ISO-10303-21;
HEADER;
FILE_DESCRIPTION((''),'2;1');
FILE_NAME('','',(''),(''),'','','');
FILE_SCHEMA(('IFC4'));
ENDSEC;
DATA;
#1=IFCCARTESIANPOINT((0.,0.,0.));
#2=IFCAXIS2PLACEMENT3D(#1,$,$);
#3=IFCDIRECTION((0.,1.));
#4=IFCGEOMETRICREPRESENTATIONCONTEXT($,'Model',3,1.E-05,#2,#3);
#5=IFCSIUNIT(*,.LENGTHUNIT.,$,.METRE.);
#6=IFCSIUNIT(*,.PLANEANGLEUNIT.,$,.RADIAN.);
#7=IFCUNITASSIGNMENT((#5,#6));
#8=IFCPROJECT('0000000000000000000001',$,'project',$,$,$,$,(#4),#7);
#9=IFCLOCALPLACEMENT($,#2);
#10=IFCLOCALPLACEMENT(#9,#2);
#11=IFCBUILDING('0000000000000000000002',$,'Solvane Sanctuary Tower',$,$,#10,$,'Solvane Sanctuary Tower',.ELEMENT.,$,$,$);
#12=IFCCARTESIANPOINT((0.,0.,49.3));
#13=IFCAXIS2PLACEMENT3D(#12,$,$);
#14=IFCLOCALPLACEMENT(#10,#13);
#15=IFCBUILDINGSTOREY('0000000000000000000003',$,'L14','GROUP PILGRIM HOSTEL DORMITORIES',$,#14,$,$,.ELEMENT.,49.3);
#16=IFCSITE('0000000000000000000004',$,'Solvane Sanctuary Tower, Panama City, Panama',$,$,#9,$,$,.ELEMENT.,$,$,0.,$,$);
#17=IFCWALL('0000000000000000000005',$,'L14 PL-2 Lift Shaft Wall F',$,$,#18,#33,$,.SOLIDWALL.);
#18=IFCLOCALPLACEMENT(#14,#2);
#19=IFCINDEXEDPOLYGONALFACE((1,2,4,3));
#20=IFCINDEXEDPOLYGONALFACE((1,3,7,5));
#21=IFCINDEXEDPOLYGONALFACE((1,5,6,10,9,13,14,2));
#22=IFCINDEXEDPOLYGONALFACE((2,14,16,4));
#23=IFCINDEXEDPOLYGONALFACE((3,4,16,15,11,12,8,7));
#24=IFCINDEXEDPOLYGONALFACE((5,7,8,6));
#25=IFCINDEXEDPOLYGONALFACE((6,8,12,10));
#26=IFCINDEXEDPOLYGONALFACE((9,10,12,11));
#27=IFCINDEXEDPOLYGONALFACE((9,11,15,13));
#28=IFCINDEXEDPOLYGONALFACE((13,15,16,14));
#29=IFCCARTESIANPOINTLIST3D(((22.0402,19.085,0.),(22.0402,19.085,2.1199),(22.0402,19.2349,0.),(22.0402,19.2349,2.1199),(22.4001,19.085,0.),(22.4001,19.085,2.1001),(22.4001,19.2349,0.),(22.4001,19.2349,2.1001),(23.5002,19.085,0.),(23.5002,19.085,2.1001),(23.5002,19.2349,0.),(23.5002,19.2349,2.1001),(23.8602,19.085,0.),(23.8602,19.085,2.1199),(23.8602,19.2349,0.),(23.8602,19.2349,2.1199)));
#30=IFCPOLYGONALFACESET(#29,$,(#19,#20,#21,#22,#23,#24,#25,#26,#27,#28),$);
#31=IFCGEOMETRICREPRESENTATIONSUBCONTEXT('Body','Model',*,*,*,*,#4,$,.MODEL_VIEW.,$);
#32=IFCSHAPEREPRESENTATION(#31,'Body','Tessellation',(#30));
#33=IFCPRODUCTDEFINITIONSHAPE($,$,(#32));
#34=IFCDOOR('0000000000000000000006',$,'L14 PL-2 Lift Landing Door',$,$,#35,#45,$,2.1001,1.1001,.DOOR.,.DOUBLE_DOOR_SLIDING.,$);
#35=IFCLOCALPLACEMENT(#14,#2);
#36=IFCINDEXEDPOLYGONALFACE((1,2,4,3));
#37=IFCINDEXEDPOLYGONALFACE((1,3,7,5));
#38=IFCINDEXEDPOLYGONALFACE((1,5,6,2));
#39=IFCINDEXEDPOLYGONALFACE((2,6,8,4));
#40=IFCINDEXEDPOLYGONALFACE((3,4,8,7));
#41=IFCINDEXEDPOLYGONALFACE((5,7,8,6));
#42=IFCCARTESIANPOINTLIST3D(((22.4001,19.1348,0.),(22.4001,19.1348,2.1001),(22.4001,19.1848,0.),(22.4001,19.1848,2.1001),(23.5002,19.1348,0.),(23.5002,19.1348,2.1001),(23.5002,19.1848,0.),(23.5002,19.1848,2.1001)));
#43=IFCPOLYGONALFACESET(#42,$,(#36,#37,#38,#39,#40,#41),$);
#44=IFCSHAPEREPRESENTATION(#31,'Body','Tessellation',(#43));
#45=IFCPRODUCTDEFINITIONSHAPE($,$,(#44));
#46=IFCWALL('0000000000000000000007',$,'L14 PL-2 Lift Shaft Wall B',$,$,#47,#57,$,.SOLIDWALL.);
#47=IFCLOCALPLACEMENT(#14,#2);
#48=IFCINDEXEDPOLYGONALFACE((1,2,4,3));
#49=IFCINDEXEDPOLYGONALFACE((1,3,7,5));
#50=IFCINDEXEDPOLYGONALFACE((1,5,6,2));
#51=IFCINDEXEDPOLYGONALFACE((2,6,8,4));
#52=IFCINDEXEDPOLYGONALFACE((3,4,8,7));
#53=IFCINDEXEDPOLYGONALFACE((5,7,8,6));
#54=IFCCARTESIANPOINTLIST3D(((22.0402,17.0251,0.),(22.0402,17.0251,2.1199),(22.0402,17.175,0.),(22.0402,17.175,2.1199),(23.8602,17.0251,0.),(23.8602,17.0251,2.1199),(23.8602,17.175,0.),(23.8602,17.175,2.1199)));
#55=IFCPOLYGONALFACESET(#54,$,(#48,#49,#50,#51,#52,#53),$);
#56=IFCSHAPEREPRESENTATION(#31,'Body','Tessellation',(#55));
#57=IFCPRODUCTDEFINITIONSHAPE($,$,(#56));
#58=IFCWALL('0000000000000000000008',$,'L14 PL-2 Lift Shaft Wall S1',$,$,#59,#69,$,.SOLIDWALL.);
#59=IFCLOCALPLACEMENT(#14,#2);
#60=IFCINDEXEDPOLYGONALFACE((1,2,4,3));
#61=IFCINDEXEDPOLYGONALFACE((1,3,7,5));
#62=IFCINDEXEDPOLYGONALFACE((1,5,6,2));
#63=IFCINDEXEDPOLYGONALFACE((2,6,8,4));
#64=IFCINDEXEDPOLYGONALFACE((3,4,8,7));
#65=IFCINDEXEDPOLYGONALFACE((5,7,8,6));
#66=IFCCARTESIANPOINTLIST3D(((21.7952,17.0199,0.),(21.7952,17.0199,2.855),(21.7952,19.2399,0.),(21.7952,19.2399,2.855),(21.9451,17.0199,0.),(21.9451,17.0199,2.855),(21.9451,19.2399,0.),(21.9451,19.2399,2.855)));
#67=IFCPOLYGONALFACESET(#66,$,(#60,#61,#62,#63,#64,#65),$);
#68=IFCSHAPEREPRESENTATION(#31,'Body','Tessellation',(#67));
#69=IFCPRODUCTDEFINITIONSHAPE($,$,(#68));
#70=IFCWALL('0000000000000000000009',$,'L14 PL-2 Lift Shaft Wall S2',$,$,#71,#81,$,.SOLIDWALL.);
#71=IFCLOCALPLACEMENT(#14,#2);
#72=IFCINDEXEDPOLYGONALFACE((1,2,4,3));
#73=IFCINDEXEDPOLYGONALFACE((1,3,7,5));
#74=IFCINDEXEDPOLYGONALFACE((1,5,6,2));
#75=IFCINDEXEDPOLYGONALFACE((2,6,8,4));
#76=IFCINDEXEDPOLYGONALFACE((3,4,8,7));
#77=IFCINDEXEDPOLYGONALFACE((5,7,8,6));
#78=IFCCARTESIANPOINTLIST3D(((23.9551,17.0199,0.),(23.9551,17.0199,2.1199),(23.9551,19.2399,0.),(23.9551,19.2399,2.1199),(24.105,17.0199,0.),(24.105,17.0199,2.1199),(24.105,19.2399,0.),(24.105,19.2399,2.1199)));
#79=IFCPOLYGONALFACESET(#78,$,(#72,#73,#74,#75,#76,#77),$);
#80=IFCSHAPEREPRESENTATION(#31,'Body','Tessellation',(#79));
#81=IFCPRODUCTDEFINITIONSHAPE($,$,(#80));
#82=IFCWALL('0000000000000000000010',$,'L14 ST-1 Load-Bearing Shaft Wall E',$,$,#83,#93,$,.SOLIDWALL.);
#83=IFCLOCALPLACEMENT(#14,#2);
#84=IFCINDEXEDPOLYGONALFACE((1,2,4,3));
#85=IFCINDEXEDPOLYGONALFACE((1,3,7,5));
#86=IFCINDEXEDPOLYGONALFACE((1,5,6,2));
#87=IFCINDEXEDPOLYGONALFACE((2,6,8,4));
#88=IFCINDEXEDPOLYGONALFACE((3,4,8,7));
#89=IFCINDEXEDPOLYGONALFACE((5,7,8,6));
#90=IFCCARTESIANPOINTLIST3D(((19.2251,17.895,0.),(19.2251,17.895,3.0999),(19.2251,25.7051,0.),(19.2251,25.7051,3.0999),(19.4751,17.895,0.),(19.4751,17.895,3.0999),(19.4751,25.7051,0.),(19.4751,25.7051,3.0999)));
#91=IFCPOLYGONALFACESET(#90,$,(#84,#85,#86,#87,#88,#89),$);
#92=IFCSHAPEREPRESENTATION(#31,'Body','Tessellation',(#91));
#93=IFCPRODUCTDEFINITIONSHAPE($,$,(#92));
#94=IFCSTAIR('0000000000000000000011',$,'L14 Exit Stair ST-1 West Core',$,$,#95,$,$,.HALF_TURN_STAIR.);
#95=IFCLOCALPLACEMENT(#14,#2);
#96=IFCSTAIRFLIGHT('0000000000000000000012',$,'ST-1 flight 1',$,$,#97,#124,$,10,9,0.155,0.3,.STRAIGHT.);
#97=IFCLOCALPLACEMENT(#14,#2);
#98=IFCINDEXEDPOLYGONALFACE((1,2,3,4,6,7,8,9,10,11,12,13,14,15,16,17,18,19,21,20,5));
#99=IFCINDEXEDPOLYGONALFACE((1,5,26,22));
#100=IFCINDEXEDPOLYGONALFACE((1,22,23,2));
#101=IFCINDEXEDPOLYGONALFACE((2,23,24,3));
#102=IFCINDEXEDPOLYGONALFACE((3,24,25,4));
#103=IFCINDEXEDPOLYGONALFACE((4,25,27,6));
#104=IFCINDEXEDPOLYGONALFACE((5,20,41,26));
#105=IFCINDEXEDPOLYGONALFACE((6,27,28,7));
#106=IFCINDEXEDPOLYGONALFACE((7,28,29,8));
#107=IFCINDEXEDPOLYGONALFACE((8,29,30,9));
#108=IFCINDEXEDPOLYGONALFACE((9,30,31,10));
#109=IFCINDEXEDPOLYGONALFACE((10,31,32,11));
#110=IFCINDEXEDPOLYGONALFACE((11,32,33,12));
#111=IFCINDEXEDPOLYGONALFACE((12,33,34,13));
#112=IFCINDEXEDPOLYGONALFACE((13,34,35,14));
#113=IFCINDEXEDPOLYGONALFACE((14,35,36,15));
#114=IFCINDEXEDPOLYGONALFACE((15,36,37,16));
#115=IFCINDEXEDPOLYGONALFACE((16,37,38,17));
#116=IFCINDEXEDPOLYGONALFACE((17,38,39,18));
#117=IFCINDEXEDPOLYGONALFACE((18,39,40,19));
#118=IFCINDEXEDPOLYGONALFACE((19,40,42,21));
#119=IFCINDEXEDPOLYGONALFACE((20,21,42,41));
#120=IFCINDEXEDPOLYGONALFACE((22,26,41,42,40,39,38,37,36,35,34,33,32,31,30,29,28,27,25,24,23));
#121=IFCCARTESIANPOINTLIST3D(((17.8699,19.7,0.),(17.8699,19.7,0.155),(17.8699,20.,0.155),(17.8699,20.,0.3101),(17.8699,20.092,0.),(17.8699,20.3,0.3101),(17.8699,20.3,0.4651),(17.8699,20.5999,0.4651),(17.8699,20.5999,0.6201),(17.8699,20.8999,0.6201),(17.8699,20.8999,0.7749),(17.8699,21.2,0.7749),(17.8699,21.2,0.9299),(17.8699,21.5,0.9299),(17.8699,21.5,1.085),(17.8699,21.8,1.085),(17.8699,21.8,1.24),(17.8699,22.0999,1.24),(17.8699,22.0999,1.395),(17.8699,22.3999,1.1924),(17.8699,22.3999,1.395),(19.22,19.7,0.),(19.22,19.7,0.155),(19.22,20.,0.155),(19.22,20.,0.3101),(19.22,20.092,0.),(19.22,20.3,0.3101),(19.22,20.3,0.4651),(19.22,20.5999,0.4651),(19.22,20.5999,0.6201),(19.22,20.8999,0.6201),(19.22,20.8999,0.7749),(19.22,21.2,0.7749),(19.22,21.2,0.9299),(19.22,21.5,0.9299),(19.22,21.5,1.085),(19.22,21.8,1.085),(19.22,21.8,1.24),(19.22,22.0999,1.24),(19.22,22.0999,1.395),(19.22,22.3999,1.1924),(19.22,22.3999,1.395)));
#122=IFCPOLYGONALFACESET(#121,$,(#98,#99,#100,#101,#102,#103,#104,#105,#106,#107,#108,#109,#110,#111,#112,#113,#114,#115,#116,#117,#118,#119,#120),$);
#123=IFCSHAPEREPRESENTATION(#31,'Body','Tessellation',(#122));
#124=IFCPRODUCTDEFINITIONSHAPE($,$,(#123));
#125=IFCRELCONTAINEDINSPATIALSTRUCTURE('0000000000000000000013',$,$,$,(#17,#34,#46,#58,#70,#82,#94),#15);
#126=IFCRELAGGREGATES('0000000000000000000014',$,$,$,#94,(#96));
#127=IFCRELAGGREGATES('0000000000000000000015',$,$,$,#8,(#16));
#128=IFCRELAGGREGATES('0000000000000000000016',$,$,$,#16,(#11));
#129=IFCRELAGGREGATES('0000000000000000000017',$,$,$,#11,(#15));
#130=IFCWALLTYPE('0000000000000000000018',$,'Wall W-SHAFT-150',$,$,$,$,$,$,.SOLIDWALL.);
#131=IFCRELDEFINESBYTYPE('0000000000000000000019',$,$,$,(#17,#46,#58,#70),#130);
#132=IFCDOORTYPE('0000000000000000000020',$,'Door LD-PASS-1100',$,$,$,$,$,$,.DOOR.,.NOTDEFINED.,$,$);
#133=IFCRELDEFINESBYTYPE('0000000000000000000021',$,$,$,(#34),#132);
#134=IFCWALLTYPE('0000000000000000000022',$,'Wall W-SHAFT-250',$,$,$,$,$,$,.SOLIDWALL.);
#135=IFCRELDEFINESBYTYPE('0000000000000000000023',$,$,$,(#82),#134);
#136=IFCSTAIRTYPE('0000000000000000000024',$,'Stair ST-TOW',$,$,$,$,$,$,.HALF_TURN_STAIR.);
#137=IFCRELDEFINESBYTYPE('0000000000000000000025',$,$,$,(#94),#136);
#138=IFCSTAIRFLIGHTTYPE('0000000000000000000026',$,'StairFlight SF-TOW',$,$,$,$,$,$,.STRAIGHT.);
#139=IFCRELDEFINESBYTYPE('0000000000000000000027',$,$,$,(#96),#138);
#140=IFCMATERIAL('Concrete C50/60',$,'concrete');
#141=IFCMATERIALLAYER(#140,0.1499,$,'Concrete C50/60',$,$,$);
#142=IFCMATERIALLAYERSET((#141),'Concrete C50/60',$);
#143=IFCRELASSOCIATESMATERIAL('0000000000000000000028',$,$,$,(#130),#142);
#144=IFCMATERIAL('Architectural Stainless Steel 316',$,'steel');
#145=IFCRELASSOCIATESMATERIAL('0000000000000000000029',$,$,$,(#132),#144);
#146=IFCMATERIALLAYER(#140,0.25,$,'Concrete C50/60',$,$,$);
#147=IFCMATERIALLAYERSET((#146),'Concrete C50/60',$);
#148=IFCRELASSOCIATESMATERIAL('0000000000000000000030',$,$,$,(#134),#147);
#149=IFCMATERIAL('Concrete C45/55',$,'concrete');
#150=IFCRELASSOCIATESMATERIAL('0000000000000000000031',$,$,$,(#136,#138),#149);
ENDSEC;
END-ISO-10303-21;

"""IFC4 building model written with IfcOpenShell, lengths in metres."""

from ifc_helpers import new_model, si_unit, direction, frame, frame_2d, origin, place, context, subcontext, project, spatial, polyline, rectangle, outline, extrude, material, layer, layer_set, type_object, element, fill, aggregate, save


model = new_model("IFC4")

# Units and contexts
model_context = context("Model", 3, precision=1e-05, world=origin(), true_north=direction((0.0, 1.0)))
body_context = subcontext(model_context, "Body", "Model", "MODEL_VIEW")
ifc_project = project(units=[si_unit("LENGTHUNIT", "METRE"), si_unit("PLANEANGLEUNIT", "RADIAN")], contexts=[model_context])

# Site, building, storey
site_placement = place(None, origin())
site = spatial("IfcSite", under=ifc_project, at=site_placement, Name="Solvane Sanctuary Tower, Panama City, Panama", CompositionType="ELEMENT", RefElevation=0.0)
building_placement = place(site_placement, origin())
building = spatial("IfcBuilding", under=site, at=building_placement, Name="Solvane Sanctuary Tower", LongName="Solvane Sanctuary Tower", CompositionType="ELEMENT")
storey_placement = place(building_placement, frame((0.0, 0.0, 49.3)))
storey = spatial("IfcBuildingStorey", under=building, at=storey_placement, Name="L14", Description="GROUP PILGRIM HOSTEL DORMITORIES", CompositionType="ELEMENT", Elevation=49.3)

# Shared definitions
ifc_material_1 = material(Name="Concrete C50/60", Category="concrete")
ifc_layer_1 = layer(ifc_material_1, 0.1499, Name="Concrete C50/60")
ifc_layer_set_1 = layer_set([ifc_layer_1], Name="Concrete C50/60")
wall_type_1 = type_object("IfcWallType", Name="Wall W-SHAFT-150", PredefinedType="SOLIDWALL", material=ifc_layer_set_1)
ifc_material_2 = material(Name="Architectural Stainless Steel 316", Category="steel")
door_type = type_object("IfcDoorType", Name="Door LD-PASS-1100", OperationType="NOTDEFINED", PredefinedType="DOOR", material=ifc_material_2)

# Wall, opening, door
wall_1_placement = place(storey_placement, frame((22.04, 19.1599, 0.0), z_axis=(0.0, 0.0, 1.0), x_axis=(1.0, 0.0, 0.0)))
wall_1 = element("IfcWall", 1, at=wall_1_placement, inside=storey, type_object=wall_type_1, Name="L14 PL-2 Lift Shaft Wall F", PredefinedType="SOLIDWALL", context=body_context, shape_type="SweptSolid", body=[
    extrude(rectangle(XDim=1.8201, YDim=0.1499, at=frame_2d((0.9102, 0.0))), origin(), (0.0, 0.0, 1.0), 2.1199),
])
opening_1_placement = place(wall_1_placement, frame((0.3601, 0.0, 0.0)))
opening_1 = element("IfcOpeningElement", 2, at=opening_1_placement, cuts=wall_1, PredefinedType="OPENING", context=body_context, shape_type="SweptSolid", body=[
    extrude(rectangle(XDim=1.1001, YDim=2.1001, at=frame_2d((0.55, 1.05))), frame((0.0, 0.085, 0.0), z_axis=(0.0, -1.0, 0.0), x_axis=(1.0, 0.0, 0.0)), (0.0, 0.0, 1.0), 0.1699),
])
door_1_placement = place(opening_1_placement, origin())
door_1 = element("IfcDoor", 3, at=door_1_placement, inside=storey, type_object=door_type, Name="L14 PL-2 Lift Landing Door", OperationType="DOUBLE_DOOR_SLIDING", OverallHeight=2.1001, OverallWidth=1.1001, PredefinedType="DOOR", context=body_context, shape_type="SweptSolid", body=[
    extrude(rectangle(XDim=1.1001, YDim=2.1001, at=frame_2d((0.55, 1.05))), frame((0.0, 0.0249, 0.0), z_axis=(0.0, -1.0, 0.0), x_axis=(1.0, 0.0, 0.0)), (0.0, 0.0, 1.0), 0.05),
])
fill(opening_1, door_1)

# Walls
wall_2_placement = place(storey_placement, frame((22.04, 17.1001, 0.0), z_axis=(0.0, 0.0, 1.0), x_axis=(1.0, 0.0, 0.0)))
element("IfcWall", 4, at=wall_2_placement, inside=storey, type_object=wall_type_1, Name="L14 PL-2 Lift Shaft Wall B", PredefinedType="SOLIDWALL", context=body_context, shape_type="SweptSolid", body=[
    extrude(rectangle(XDim=1.8201, YDim=0.1499, at=frame_2d((0.9102, 0.0))), origin(), (0.0, 0.0, 1.0), 2.1199),
])
wall_3_placement = place(storey_placement, frame((21.8701, 17.02, 0.0), z_axis=(0.0, 0.0, 1.0), x_axis=(0.0, 1.0, 0.0)))
element("IfcWall", 5, at=wall_3_placement, inside=storey, type_object=wall_type_1, Name="L14 PL-2 Lift Shaft Wall S1", PredefinedType="SOLIDWALL", context=body_context, shape_type="SweptSolid", body=[
    extrude(rectangle(XDim=2.22, YDim=0.1499, at=frame_2d((1.1099, 0.0))), origin(), (0.0, 0.0, 1.0), 2.855),
])
wall_4_placement = place(storey_placement, frame((24.03, 17.02, 0.0), z_axis=(0.0, 0.0, 1.0), x_axis=(0.0, 1.0, 0.0)))
element("IfcWall", 6, at=wall_4_placement, inside=storey, type_object=wall_type_1, Name="L14 PL-2 Lift Shaft Wall S2", PredefinedType="SOLIDWALL", context=body_context, shape_type="SweptSolid", body=[
    extrude(rectangle(XDim=2.22, YDim=0.1499, at=frame_2d((1.1099, 0.0))), origin(), (0.0, 0.0, 1.0), 2.1199),
])
ifc_layer_2 = layer(ifc_material_1, 0.25, Name="Concrete C50/60")
ifc_layer_set_2 = layer_set([ifc_layer_2], Name="Concrete C50/60")
wall_type_2 = type_object("IfcWallType", Name="Wall W-SHAFT-250", PredefinedType="SOLIDWALL", material=ifc_layer_set_2)
wall_5_placement = place(storey_placement, frame((19.3501, 17.895, 0.0), z_axis=(0.0, 0.0, 1.0), x_axis=(0.0, 1.0, 0.0)))
element("IfcWall", 7, at=wall_5_placement, inside=storey, type_object=wall_type_2, Name="L14 ST-1 Load-Bearing Shaft Wall E", PredefinedType="SOLIDWALL", context=body_context, shape_type="SweptSolid", body=[
    extrude(rectangle(XDim=7.8101, YDim=0.25, at=frame_2d((3.905, 0.0))), origin(), (0.0, 0.0, 1.0), 3.0999),
])

# Stair, stair flight
ifc_material_3 = material(Name="Concrete C45/55", Category="concrete")
stair_type = type_object("IfcStairType", Name="Stair ST-TOW", PredefinedType="HALF_TURN_STAIR", material=ifc_material_3)
stair_placement = place(storey_placement, origin())
stair = element("IfcStair", 8, at=stair_placement, inside=storey, type_object=stair_type, Name="L14 Exit Stair ST-1 West Core", PredefinedType="HALF_TURN_STAIR")
stair_flight_type = type_object("IfcStairFlightType", Name="StairFlight SF-TOW", PredefinedType="STRAIGHT", material=ifc_material_3)
stair_flight_placement = place(storey_placement, frame((18.5449, 19.7, 0.0), z_axis=(0.0, 0.0, 1.0), x_axis=(0.0, 1.0, 0.0)))
stair_flight = element("IfcStairFlight", 9, at=stair_flight_placement, type_object=stair_flight_type, Name="ST-1 flight 1", NumberOfRisers=10, NumberOfTreads=9, PredefinedType="STRAIGHT", RiserHeight=0.155, TreadLength=0.3, context=body_context, shape_type="SweptSolid", body=[
    extrude(outline(polyline([(0.0, 0.0), (0.0, 0.155), (0.3, 0.155), (0.3, 0.3101), (0.6001, 0.3101), (0.6001, 0.4651), (0.8999, 0.4651), (0.8999, 0.6201), (1.2, 0.6201), (1.2, 0.7749), (1.5, 0.7749), (1.5, 0.9299), (1.8, 0.9299), (1.8, 1.085), (2.1001, 1.085), (2.1001, 1.24), (2.3999, 1.24), (2.3999, 1.395), (2.7, 1.395), (2.7, 1.55), (2.7, 1.1924), (0.3921, 0.0), (0.0, 0.0)])), frame((0.0, 0.675, 0.0), z_axis=(0.0, -1.0, 0.0), x_axis=(1.0, 0.0, 0.0)), (0.0, 0.0, 1.0), 1.3501),
])
aggregate(stair, [stair_flight])

save(model, "model.ifc")
